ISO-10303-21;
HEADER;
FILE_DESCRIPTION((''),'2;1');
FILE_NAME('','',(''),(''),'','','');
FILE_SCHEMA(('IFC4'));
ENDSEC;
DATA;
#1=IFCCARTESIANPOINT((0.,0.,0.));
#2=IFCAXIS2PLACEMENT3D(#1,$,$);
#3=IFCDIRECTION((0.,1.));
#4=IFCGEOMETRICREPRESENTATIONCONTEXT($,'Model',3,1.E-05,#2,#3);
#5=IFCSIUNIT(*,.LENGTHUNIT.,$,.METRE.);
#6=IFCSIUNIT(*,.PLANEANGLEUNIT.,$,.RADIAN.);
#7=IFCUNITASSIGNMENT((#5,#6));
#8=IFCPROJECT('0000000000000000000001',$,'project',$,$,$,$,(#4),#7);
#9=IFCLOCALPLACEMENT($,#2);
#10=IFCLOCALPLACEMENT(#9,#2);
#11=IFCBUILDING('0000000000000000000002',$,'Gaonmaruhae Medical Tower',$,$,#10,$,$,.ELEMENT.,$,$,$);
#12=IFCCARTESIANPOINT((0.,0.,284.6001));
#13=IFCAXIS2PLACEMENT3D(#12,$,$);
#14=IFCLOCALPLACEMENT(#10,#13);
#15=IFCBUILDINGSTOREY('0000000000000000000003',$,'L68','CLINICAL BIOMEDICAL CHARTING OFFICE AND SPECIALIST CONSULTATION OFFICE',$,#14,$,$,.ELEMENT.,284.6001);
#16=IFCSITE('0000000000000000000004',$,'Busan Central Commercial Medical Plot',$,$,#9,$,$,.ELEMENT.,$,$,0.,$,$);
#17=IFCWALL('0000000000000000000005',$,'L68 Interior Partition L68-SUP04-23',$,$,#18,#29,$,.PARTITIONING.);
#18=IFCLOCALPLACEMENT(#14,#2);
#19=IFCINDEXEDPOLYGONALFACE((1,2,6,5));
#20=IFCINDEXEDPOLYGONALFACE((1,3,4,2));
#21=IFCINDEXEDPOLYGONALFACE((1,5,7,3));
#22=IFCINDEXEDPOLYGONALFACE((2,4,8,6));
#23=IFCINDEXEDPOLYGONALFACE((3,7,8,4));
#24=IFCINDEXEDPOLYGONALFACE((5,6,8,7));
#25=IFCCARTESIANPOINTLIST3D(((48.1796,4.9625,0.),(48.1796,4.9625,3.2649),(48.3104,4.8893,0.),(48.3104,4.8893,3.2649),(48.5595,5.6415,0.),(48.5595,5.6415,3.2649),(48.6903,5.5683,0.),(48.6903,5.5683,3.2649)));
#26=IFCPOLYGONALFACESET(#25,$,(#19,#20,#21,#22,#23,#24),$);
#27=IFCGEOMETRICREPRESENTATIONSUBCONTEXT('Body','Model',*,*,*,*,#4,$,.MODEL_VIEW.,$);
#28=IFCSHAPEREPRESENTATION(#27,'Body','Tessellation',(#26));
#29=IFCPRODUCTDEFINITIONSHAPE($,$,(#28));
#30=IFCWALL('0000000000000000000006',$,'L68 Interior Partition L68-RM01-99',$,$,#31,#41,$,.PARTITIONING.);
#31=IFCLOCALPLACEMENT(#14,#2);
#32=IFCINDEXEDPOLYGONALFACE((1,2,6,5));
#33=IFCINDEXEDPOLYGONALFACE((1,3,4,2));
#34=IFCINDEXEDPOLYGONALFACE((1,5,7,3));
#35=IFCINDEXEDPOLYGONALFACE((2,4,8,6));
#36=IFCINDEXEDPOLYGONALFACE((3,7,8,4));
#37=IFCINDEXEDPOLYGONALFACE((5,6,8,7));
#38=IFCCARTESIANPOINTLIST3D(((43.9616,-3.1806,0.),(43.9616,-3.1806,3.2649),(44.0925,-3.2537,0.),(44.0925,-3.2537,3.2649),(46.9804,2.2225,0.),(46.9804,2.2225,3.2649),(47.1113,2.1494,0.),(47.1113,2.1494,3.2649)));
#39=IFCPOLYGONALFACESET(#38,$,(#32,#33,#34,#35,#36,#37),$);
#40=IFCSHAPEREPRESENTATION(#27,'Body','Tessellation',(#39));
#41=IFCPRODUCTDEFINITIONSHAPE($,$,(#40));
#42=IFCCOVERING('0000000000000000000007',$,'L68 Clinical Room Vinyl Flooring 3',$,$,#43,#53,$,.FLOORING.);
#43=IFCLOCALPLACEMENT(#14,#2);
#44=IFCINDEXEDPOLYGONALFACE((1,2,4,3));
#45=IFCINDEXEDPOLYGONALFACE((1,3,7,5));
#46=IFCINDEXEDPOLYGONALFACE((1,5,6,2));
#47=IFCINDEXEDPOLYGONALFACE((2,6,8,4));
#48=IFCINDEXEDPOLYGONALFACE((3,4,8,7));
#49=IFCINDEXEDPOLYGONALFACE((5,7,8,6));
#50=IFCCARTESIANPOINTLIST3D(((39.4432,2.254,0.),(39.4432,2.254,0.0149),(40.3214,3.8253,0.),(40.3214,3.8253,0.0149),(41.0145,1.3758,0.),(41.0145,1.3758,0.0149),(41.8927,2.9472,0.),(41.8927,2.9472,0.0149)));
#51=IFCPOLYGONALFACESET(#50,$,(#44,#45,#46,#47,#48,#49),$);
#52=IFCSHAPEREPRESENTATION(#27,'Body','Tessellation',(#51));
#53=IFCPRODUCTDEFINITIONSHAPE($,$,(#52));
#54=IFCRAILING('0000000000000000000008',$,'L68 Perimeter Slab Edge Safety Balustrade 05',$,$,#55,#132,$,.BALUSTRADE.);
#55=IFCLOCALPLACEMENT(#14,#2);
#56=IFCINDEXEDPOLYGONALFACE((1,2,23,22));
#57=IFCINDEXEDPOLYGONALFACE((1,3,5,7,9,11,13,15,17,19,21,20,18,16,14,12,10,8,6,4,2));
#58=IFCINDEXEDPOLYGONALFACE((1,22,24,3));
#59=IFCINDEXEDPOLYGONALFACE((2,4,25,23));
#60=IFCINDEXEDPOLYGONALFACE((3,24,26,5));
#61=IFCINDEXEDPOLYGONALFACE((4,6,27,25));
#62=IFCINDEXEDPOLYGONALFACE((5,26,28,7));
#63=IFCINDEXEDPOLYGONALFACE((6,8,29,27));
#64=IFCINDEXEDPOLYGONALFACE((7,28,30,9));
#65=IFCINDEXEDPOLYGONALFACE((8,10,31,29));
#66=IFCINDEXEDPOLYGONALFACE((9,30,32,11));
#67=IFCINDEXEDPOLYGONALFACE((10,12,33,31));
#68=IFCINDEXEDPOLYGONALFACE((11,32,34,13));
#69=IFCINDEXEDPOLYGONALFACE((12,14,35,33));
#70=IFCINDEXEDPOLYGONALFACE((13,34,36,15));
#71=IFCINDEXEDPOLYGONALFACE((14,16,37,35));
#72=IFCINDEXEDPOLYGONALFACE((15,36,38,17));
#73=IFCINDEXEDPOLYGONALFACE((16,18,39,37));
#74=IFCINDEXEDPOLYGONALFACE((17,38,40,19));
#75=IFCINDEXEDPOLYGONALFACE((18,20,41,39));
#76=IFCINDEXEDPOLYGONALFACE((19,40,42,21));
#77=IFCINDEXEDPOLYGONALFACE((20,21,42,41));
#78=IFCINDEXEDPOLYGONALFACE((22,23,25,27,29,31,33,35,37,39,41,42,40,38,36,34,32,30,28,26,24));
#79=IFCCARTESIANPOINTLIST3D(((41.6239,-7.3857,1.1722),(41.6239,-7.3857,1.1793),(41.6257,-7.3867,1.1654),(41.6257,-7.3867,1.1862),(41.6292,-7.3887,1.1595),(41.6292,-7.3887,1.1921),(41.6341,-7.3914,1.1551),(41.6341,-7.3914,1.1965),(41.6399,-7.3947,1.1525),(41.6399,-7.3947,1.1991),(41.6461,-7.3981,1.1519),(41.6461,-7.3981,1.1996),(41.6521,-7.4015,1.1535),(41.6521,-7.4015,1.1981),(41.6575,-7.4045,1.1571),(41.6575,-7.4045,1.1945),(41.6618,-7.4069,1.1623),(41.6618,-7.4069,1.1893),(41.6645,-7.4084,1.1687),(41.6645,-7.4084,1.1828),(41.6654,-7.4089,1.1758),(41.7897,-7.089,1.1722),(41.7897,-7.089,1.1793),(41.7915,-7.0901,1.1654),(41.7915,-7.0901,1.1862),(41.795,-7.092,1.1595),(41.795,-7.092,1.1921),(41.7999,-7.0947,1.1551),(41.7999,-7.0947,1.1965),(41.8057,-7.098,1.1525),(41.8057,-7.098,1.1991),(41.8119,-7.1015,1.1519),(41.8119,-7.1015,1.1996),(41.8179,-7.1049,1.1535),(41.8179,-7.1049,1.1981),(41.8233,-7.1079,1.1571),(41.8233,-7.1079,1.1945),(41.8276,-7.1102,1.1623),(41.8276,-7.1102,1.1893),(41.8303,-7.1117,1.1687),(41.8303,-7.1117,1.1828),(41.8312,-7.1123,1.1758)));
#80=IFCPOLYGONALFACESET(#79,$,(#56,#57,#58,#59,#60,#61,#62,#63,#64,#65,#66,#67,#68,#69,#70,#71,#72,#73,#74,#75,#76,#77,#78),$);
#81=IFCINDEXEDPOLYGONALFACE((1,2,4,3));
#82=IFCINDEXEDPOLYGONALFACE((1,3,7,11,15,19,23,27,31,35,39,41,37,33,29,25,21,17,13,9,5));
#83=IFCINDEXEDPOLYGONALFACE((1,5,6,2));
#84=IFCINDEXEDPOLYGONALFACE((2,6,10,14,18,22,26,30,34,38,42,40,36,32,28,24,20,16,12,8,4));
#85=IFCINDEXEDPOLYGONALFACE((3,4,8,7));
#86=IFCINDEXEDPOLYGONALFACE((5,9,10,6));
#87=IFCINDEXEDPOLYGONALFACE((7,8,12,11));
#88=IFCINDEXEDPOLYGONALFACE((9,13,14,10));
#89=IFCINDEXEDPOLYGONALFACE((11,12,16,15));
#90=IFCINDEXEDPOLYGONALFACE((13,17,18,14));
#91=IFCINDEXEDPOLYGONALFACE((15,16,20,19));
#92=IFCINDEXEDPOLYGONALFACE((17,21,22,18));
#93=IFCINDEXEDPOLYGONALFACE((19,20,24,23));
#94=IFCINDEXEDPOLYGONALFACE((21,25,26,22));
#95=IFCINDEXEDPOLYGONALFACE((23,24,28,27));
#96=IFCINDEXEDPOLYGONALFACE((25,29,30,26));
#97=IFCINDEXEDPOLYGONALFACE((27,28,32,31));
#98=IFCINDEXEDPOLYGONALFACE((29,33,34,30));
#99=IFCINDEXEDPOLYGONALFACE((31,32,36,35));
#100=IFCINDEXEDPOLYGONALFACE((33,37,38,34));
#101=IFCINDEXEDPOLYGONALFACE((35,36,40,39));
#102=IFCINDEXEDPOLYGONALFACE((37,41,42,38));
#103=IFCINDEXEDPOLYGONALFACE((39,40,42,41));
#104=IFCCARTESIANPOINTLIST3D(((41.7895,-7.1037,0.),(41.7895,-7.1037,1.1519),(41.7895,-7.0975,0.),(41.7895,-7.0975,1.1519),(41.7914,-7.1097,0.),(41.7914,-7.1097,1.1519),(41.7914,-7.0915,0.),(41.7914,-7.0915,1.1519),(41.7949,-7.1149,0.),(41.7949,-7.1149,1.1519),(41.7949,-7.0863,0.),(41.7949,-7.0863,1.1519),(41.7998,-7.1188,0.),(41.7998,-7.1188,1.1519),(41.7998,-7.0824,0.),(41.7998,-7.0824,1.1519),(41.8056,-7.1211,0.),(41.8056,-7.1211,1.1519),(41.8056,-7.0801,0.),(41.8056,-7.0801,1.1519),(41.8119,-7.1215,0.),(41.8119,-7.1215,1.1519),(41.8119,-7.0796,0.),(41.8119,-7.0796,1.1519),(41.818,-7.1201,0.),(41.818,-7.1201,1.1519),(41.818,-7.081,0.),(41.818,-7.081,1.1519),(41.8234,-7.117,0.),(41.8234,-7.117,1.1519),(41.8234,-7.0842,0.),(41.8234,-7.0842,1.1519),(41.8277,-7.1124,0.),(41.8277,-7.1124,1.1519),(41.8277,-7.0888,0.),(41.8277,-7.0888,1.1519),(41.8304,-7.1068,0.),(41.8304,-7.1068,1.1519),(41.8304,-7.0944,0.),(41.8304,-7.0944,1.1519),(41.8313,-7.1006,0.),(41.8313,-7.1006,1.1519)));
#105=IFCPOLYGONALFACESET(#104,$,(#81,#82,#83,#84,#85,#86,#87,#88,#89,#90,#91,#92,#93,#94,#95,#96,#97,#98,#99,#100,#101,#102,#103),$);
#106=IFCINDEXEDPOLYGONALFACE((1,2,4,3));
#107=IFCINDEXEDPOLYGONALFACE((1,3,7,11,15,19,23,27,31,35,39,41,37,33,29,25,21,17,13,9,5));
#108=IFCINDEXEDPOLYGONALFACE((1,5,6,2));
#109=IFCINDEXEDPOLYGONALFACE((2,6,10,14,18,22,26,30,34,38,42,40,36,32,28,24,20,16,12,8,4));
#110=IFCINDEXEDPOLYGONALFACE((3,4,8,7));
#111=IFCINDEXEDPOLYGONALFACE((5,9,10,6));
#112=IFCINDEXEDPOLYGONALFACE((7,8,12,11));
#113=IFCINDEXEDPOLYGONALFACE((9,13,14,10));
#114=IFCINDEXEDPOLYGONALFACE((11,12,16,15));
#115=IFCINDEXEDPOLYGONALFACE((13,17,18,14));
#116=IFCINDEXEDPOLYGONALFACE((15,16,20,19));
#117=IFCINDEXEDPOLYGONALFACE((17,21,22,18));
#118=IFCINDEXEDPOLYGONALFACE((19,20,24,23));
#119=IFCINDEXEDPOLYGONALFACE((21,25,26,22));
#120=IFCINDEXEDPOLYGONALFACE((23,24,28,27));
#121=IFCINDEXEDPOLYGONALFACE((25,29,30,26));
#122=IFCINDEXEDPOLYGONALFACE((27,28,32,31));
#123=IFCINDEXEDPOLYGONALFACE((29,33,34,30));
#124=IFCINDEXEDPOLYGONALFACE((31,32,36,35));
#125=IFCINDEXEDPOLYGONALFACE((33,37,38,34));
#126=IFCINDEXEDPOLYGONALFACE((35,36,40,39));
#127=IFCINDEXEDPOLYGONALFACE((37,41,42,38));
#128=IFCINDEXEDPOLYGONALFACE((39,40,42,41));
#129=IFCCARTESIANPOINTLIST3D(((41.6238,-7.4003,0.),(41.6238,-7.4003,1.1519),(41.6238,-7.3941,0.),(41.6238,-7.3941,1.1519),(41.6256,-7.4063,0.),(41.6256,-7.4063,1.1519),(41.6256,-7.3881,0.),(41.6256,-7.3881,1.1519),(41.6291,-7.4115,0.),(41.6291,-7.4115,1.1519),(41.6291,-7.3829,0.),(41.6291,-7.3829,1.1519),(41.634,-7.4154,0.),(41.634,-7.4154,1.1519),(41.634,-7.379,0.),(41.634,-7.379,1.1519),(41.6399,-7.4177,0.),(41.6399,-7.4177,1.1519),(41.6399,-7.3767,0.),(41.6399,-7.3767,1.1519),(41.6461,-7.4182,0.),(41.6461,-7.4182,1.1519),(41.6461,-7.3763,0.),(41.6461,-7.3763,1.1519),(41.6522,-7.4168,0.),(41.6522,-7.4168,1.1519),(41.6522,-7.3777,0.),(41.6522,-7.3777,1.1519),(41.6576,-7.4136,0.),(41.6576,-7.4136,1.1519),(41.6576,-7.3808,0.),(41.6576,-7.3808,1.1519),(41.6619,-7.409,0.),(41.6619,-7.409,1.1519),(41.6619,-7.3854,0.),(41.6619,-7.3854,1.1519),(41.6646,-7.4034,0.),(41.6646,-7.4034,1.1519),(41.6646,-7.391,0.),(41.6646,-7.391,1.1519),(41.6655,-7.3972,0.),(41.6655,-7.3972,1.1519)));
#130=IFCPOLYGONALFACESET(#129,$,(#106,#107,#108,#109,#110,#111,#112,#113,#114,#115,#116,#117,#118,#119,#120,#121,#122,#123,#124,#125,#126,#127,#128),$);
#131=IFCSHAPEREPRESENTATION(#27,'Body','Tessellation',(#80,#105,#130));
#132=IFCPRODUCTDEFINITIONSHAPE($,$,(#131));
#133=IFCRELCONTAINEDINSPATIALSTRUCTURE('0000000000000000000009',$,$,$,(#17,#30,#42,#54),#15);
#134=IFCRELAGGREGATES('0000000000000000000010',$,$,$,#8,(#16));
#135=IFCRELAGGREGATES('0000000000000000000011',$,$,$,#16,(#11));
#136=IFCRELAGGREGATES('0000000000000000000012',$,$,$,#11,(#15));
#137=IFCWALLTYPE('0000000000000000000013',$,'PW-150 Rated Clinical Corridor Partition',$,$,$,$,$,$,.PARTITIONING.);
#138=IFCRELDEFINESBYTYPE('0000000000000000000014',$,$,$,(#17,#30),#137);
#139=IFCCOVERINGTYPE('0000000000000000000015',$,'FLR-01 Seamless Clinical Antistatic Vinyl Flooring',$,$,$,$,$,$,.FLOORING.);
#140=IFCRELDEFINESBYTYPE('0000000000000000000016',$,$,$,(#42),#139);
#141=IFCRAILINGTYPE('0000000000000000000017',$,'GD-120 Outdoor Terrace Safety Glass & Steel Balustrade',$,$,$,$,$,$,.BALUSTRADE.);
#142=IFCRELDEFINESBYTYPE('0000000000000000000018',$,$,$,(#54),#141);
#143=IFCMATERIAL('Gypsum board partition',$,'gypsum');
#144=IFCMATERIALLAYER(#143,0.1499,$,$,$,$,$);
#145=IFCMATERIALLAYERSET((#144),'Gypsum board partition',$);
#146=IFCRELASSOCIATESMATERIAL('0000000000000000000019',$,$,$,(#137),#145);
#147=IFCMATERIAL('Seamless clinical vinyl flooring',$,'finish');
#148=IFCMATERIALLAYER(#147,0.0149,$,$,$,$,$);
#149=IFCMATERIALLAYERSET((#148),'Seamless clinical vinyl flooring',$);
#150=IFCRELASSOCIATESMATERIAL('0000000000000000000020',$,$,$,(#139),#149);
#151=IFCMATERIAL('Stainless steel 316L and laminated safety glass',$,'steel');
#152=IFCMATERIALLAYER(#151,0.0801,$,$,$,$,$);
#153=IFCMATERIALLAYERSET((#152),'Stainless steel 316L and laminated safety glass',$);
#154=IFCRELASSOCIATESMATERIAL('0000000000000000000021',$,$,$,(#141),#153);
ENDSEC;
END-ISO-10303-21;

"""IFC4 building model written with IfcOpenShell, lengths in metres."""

from ifc_helpers import new_model, si_unit, direction, frame, frame_2d, origin, origin_2d, place, context, subcontext, project, spatial, rectangle, circle, extrude, material, layer, layer_set, type_object, element, save


model = new_model("IFC4")

# Units and contexts
model_context = context("Model", 3, precision=1e-05, world=origin(), true_north=direction((0.0, 1.0)))
body_context = subcontext(model_context, "Body", "Model", "MODEL_VIEW")
ifc_project = project(units=[si_unit("LENGTHUNIT", "METRE"), si_unit("PLANEANGLEUNIT", "RADIAN")], contexts=[model_context])

# Site, building, storey
site_placement = place(None, origin())
site = spatial("IfcSite", under=ifc_project, at=site_placement, Name="Busan Central Commercial Medical Plot", CompositionType="ELEMENT", RefElevation=0.0)
building_placement = place(site_placement, origin())
building = spatial("IfcBuilding", under=site, at=building_placement, Name="Gaonmaruhae Medical Tower", CompositionType="ELEMENT")
storey_placement = place(building_placement, frame((0.0, 0.0, 284.6001)))
storey = spatial("IfcBuildingStorey", under=building, at=storey_placement, Name="L68", Description="CLINICAL BIOMEDICAL CHARTING OFFICE AND SPECIALIST CONSULTATION OFFICE", CompositionType="ELEMENT", Elevation=284.6001)

# Walls
ifc_material_1 = material(Name="Gypsum board partition", Category="gypsum")
ifc_layer_1 = layer(ifc_material_1, 0.1499)
ifc_layer_set_1 = layer_set([ifc_layer_1], Name="Gypsum board partition")
wall_type_1 = type_object("IfcWallType", Name="PW-150 Rated Clinical Corridor Partition", PredefinedType="PARTITIONING", material=ifc_layer_set_1)
wall_1_placement = place(storey_placement, frame((48.625, 5.605, 0.0), z_axis=(0.0, 0.0, 1.0), x_axis=(-0.488278, -0.872688, 0.0)))
element("IfcWall", 1, at=wall_1_placement, inside=storey, type_object=wall_type_1, Name="L68 Interior Partition L68-SUP04-23", PredefinedType="PARTITIONING", context=body_context, shape_type="SweptSolid", body=[
    extrude(rectangle(XDim=0.7781, YDim=0.1499, at=frame_2d((0.3892, 0.0))), origin(), (0.0, 0.0, 1.0), 3.2649),
])
wall_2_placement = place(storey_placement, frame((47.0459, 2.186, 0.0), z_axis=(0.0, 0.0, 1.0), x_axis=(-0.487752, -0.872983, 0.0)))
element("IfcWall", 2, at=wall_2_placement, inside=storey, type_object=wall_type_1, Name="L68 Interior Partition L68-RM01-99", PredefinedType="PARTITIONING", context=body_context, shape_type="SweptSolid", body=[
    extrude(rectangle(XDim=6.1892, YDim=0.1499, at=frame_2d((3.0947, 0.0))), origin(), (0.0, 0.0, 1.0), 3.2649),
])

# Covering
ifc_material_2 = material(Name="Seamless clinical vinyl flooring", Category="finish")
ifc_layer_2 = layer(ifc_material_2, 0.0149)
ifc_layer_set_2 = layer_set([ifc_layer_2], Name="Seamless clinical vinyl flooring")
covering_type = type_object("IfcCoveringType", Name="FLR-01 Seamless Clinical Antistatic Vinyl Flooring", PredefinedType="FLOORING", material=ifc_layer_set_2)
covering_placement = place(storey_placement, frame((40.668, 2.6006, 0.0), z_axis=(0.0, 0.0, 1.0), x_axis=(0.48786, 0.872922, 0.0)))
element("IfcCovering", 3, at=covering_placement, inside=storey, type_object=covering_type, Name="L68 Clinical Room Vinyl Flooring 3", PredefinedType="FLOORING", context=body_context, shape_type="SweptSolid", body=[
    extrude(rectangle(XDim=1.8, YDim=1.8, at=origin_2d()), origin(), (0.0, 0.0, 1.0), 0.0149),
])

# Railing
ifc_material_3 = material(Name="Stainless steel 316L and laminated safety glass", Category="steel")
ifc_layer_3 = layer(ifc_material_3, 0.0801)
ifc_layer_set_3 = layer_set([ifc_layer_3], Name="Stainless steel 316L and laminated safety glass")
railing_type = type_object("IfcRailingType", Name="GD-120 Outdoor Terrace Safety Glass & Steel Balustrade", PredefinedType="BALUSTRADE", material=ifc_layer_set_3)
railing_1_placement = place(storey_placement, frame((41.8103, -7.1006, 0.0)))
element("IfcRailing", 4, at=railing_1_placement, inside=storey, type_object=railing_type, Name="L68 Perimeter Slab Edge Safety Balustrade 05", PredefinedType="BALUSTRADE", context=body_context, shape_type="SweptSolid", body=[
    extrude(circle(Radius=0.0239, at=origin_2d()), frame((0.0, 0.0, 1.1758), z_axis=(-0.487837, -0.872934, 0.0), x_axis=(0.872934, -0.487837, 0.0)), (0.0, 0.0, 1.0), 0.3398),
    extrude(circle(Radius=0.021, at=origin_2d()), origin(), (0.0, 0.0, 1.0), 1.1519),
    extrude(circle(Radius=0.021, at=origin_2d()), frame((-0.1658, -0.2966, 0.0)), (0.0, 0.0, 1.0), 1.1519),
])

save(model, "model.ifc")
